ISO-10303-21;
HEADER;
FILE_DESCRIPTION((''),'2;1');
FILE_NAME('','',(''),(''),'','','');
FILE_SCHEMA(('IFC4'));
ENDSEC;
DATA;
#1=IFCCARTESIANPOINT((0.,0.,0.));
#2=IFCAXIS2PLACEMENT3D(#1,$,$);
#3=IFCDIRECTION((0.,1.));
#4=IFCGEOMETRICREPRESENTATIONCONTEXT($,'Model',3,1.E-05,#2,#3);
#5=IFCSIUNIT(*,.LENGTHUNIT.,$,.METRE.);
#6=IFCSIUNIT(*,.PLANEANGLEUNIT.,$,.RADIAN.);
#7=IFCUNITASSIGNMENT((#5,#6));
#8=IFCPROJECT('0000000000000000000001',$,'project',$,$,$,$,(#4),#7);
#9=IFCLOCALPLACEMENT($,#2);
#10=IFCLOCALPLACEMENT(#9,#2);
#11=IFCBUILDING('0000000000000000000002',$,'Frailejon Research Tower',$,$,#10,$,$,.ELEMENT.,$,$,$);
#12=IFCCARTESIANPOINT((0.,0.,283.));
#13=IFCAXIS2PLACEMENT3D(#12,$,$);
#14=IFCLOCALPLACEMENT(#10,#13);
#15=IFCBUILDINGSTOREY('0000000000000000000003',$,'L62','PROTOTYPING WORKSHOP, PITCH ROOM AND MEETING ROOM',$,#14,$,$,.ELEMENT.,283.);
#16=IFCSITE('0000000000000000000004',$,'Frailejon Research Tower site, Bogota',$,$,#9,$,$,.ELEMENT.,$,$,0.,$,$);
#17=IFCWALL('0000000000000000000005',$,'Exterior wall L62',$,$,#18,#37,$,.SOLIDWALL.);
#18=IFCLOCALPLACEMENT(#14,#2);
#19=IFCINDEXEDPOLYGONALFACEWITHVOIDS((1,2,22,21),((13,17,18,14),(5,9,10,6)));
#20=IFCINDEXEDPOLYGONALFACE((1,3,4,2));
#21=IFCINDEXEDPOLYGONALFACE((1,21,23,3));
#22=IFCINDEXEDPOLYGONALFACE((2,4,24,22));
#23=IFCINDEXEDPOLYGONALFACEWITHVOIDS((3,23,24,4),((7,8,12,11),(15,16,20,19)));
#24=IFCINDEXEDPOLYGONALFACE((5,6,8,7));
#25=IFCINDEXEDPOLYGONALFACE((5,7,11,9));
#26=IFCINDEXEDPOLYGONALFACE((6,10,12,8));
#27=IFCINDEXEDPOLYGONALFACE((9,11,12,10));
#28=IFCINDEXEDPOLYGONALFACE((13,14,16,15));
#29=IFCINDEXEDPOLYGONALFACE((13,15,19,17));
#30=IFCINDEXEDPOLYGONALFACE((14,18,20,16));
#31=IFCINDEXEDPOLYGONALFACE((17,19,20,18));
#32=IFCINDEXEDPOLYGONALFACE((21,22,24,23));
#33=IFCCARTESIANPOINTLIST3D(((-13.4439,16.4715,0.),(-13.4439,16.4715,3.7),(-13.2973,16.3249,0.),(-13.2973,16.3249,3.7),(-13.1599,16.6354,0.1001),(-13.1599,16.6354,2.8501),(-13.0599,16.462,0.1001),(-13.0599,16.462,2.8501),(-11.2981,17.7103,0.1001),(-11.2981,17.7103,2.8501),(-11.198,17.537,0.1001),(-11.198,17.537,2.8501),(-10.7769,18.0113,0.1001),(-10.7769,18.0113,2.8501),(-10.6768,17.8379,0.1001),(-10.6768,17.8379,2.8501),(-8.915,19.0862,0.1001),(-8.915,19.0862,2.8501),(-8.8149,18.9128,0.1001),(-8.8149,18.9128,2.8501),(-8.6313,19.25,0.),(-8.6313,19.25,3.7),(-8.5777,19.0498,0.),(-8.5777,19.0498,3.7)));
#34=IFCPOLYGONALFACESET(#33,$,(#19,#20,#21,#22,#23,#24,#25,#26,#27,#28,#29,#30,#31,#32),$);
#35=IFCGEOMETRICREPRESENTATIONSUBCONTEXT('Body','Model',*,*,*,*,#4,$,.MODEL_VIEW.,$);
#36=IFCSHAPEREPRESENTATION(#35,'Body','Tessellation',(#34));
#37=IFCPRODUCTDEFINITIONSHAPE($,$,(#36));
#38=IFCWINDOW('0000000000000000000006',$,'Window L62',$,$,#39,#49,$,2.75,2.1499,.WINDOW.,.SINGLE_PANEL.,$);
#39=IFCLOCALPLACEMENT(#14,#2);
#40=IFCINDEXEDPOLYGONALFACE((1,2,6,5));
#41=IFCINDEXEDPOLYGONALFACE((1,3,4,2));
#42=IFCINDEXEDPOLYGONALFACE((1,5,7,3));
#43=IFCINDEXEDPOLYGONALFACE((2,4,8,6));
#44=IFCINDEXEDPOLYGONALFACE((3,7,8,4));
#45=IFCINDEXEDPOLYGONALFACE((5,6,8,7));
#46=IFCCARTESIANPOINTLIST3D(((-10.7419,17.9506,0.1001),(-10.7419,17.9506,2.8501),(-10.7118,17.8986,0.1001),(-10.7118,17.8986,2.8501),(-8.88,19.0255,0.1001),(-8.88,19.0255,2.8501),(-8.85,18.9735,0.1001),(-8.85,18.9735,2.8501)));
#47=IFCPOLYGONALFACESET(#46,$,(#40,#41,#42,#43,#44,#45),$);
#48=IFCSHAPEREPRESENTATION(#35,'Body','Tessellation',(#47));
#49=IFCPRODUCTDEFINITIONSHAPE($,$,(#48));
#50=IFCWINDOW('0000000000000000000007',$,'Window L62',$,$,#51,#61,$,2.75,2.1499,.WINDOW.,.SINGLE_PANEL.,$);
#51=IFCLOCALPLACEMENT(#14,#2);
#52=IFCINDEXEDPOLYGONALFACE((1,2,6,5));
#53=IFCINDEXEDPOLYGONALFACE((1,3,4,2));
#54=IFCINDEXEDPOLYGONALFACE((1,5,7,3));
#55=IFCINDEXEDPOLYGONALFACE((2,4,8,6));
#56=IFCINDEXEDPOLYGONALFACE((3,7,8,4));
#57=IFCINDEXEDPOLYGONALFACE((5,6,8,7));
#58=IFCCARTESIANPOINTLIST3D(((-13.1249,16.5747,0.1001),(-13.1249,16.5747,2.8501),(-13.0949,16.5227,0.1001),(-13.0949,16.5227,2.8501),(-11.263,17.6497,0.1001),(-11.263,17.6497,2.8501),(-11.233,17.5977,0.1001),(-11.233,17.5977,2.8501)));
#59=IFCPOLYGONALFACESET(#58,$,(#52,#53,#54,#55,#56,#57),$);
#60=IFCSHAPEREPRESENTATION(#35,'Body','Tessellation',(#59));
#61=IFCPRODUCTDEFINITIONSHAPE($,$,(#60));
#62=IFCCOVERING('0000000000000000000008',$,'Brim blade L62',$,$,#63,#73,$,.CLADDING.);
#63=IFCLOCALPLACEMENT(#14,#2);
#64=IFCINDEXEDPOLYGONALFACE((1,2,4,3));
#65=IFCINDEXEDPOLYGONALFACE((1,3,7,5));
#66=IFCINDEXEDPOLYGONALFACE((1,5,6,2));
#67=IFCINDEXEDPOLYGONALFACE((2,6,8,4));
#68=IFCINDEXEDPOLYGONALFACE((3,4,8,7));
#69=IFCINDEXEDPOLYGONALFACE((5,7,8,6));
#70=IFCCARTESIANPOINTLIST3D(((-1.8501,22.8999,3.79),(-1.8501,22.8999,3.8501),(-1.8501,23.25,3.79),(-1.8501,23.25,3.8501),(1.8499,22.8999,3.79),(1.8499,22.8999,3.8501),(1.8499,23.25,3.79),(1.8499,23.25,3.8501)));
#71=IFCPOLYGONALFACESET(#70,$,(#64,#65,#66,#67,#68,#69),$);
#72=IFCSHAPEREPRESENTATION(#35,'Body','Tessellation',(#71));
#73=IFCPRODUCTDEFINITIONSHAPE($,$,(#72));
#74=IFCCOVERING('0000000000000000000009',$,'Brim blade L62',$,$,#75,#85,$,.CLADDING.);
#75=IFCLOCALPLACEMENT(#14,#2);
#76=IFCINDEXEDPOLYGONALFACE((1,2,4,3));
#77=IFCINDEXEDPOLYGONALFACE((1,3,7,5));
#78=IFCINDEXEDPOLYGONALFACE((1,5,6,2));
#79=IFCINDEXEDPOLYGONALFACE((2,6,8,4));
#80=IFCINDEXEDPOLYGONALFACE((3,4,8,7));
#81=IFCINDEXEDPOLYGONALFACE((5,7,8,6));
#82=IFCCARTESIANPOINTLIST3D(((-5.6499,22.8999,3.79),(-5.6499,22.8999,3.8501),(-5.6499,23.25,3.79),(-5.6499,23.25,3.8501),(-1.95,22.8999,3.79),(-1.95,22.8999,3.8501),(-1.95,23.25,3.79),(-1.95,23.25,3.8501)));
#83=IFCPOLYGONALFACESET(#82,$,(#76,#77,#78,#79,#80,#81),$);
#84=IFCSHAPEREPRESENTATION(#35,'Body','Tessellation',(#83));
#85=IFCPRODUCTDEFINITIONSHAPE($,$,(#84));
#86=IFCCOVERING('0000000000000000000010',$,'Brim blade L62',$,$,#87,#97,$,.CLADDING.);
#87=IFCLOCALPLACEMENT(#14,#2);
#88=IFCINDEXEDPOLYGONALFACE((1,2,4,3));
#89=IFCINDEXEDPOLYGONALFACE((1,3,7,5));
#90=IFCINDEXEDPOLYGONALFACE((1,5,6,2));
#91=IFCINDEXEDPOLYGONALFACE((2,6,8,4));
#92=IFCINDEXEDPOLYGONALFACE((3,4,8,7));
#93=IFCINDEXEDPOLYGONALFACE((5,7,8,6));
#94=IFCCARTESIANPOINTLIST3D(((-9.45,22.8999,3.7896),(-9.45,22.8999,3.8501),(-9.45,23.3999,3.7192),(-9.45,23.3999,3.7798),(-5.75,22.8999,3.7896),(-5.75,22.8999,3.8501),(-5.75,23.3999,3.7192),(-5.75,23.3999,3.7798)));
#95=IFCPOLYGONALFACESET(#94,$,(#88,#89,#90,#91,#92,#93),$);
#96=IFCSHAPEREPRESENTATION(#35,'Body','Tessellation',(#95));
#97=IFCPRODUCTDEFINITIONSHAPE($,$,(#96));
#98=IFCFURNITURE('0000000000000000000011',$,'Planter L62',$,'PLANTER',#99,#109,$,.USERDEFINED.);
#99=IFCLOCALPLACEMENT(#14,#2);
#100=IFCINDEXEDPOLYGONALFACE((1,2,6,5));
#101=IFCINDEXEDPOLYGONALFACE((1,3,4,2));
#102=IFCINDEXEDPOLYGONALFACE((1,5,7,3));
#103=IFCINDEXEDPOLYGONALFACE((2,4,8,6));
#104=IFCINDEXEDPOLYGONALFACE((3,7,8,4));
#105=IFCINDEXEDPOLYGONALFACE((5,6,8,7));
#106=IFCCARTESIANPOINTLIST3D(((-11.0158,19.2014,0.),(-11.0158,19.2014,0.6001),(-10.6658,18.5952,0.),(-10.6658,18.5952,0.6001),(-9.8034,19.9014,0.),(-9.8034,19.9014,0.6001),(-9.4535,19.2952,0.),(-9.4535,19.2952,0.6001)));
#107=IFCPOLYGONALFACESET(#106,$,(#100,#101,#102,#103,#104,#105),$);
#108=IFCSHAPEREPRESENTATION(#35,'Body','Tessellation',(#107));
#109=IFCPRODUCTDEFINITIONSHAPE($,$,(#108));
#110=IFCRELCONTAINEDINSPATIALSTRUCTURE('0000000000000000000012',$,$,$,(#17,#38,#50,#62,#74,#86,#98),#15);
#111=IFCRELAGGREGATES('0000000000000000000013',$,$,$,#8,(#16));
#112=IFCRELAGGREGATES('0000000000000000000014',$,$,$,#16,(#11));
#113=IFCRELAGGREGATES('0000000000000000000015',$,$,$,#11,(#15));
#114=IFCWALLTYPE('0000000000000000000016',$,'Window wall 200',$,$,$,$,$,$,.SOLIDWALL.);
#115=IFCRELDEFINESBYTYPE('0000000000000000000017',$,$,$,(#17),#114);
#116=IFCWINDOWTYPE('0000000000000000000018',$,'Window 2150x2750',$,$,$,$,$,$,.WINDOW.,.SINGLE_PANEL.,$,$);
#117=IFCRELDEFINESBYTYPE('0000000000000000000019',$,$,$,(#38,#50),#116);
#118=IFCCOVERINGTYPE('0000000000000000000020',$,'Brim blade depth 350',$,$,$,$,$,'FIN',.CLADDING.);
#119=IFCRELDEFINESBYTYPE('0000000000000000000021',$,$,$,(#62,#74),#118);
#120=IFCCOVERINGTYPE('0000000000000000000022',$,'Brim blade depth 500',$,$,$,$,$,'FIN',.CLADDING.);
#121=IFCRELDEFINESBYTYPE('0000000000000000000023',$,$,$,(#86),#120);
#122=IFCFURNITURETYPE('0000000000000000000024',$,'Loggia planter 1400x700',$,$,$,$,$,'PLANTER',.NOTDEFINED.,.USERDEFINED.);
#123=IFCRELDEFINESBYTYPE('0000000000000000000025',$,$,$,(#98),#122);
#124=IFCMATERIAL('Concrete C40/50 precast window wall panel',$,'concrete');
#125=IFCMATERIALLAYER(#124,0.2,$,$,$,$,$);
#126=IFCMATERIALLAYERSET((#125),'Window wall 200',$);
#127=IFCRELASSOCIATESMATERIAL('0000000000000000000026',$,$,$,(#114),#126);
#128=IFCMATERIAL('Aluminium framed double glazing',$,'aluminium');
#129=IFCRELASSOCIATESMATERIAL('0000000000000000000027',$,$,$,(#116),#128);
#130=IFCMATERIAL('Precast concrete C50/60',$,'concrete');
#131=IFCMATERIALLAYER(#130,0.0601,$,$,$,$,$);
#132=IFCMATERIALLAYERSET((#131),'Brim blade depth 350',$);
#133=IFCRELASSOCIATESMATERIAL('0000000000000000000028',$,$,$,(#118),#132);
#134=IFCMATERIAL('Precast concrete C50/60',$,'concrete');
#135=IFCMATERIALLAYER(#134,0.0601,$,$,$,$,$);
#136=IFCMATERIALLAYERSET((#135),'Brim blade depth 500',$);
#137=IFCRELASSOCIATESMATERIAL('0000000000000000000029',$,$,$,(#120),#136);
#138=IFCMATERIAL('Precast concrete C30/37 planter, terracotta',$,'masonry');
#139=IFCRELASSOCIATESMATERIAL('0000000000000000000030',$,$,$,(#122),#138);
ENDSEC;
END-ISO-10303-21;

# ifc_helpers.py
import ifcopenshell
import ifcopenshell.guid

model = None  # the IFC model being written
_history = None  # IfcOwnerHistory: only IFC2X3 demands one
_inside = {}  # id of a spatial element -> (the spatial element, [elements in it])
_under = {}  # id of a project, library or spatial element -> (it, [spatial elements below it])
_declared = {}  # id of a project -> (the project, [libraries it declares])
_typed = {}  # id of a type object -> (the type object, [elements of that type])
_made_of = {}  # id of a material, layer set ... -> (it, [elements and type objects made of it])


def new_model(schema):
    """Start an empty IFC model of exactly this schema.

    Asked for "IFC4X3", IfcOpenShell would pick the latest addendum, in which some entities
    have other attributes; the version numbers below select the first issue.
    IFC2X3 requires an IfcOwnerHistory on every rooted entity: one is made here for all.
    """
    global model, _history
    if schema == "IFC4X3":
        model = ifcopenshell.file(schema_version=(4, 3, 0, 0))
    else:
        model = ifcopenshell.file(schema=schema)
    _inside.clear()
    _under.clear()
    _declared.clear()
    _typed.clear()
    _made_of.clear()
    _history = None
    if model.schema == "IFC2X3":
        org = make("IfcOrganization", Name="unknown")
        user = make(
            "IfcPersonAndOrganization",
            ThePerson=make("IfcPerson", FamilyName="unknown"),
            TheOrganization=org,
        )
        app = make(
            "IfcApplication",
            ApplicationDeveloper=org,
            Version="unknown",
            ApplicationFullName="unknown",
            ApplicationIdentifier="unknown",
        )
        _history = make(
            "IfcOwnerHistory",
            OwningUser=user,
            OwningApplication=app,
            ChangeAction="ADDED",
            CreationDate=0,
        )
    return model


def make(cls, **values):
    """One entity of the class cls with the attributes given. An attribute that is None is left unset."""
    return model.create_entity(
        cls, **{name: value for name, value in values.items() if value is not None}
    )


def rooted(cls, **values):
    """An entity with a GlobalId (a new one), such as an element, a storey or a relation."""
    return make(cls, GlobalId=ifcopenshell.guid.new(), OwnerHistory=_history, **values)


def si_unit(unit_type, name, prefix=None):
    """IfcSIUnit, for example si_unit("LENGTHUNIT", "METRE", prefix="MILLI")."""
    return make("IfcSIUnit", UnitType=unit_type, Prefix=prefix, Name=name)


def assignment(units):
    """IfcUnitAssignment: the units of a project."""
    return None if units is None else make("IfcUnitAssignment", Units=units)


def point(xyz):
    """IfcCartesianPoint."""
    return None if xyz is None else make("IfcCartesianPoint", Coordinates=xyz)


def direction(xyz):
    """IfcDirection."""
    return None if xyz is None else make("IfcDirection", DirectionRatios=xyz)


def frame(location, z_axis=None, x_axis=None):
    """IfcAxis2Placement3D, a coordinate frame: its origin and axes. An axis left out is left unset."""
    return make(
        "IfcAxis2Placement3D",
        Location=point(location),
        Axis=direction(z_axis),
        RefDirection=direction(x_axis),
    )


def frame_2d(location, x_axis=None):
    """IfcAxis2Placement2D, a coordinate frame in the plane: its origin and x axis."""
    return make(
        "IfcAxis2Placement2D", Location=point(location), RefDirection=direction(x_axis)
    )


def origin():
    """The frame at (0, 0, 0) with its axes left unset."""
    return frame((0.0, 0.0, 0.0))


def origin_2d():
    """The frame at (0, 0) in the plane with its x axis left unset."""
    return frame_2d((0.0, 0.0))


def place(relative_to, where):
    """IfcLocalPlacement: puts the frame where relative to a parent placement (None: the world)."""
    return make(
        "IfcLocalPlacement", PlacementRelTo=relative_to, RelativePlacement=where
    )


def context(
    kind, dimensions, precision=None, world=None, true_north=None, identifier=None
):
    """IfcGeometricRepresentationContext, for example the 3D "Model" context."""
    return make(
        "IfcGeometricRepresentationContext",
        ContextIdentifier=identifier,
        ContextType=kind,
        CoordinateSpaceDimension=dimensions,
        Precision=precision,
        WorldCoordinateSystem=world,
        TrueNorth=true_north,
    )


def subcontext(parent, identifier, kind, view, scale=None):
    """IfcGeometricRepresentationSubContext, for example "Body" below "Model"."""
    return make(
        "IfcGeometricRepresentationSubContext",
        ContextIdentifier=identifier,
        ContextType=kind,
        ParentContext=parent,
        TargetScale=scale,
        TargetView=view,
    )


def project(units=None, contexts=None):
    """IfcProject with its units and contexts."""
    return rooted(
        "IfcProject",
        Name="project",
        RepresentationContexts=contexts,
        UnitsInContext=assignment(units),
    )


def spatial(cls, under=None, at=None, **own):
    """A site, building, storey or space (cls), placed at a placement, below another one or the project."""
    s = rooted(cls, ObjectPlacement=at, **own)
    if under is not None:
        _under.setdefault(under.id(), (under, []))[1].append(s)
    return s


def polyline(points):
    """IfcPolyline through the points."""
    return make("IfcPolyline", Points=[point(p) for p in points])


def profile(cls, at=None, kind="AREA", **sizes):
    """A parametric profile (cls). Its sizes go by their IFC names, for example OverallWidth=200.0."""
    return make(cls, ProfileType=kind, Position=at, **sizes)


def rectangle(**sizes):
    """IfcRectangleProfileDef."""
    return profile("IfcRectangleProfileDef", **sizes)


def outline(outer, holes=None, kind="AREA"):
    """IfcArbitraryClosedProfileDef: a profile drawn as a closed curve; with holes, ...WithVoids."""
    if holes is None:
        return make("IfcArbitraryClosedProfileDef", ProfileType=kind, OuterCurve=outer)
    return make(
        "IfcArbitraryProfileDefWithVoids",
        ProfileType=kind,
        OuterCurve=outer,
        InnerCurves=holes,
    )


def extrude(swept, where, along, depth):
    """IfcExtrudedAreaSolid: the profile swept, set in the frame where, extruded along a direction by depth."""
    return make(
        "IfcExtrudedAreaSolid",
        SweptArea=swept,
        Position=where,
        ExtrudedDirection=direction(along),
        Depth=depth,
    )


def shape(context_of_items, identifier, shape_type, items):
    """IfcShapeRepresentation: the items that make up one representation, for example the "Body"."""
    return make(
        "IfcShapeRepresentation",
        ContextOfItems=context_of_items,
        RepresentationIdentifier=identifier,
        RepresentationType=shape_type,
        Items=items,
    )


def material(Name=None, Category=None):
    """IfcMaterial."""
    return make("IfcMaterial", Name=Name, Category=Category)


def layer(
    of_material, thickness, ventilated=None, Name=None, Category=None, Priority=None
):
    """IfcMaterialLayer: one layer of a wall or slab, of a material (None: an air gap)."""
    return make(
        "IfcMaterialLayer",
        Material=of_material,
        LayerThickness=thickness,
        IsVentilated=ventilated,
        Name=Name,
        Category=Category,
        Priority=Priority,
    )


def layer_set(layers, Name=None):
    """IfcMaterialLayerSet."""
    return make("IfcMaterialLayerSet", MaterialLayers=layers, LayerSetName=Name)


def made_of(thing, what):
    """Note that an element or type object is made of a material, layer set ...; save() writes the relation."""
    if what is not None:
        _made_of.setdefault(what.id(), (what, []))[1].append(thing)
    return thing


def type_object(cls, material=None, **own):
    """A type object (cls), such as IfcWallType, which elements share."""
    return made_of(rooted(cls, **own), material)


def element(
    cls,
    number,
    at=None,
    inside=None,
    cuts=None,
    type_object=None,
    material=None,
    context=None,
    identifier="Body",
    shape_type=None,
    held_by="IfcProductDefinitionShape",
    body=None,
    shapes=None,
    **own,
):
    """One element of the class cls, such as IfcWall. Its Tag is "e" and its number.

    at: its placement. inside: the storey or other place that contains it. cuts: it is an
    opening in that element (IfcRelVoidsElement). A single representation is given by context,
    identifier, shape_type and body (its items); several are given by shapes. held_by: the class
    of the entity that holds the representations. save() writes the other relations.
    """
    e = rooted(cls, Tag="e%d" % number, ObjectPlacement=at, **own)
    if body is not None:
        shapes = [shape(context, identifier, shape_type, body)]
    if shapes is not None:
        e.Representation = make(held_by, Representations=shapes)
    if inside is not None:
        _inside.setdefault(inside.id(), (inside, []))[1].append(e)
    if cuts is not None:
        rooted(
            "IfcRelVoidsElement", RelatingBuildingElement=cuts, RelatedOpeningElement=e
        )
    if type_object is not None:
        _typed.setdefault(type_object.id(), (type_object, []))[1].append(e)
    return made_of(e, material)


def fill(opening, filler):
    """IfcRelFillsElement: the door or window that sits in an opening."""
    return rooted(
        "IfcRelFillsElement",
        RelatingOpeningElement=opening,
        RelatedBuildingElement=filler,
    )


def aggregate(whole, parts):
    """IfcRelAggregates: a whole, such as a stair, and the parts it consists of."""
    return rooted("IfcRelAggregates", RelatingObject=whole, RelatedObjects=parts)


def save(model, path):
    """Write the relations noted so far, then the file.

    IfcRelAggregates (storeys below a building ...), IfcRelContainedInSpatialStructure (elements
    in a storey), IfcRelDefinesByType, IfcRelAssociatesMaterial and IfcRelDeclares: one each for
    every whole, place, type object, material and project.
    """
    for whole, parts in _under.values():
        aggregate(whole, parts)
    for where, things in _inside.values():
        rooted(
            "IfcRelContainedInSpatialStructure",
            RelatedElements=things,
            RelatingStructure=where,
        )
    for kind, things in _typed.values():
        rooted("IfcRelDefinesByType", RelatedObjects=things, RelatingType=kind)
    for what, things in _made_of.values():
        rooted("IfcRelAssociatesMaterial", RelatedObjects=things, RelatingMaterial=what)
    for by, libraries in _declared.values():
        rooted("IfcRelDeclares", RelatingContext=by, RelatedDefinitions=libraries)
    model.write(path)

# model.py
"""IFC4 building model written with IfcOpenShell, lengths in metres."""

from ifc_helpers import new_model, si_unit, direction, frame, frame_2d, origin, origin_2d, place, context, subcontext, project, spatial, polyline, rectangle, outline, extrude, material, layer, layer_set, type_object, element, fill, save


model = new_model("IFC4")

# Units and contexts
model_context = context("Model", 3, precision=1e-05, world=origin(), true_north=direction((0.0, 1.0)))
body_context = subcontext(model_context, "Body", "Model", "MODEL_VIEW")
ifc_project = project(units=[si_unit("LENGTHUNIT", "METRE"), si_unit("PLANEANGLEUNIT", "RADIAN")], contexts=[model_context])

# Site, building, storey
site_placement = place(None, origin())
site = spatial("IfcSite", under=ifc_project, at=site_placement, Name="Frailejon Research Tower site, Bogota", CompositionType="ELEMENT", RefElevation=0.0)
building_placement = place(site_placement, origin())
building = spatial("IfcBuilding", under=site, at=building_placement, Name="Frailejon Research Tower", CompositionType="ELEMENT")
storey_placement = place(building_placement, frame((0.0, 0.0, 283.0)))
storey = spatial("IfcBuildingStorey", under=building, at=storey_placement, Name="L62", Description="PROTOTYPING WORKSHOP, PITCH ROOM AND MEETING ROOM", CompositionType="ELEMENT", Elevation=283.0)

# Wall, openings, windows
ifc_material_1 = material(Name="Concrete C40/50 precast window wall panel", Category="concrete")
ifc_layer_1 = layer(ifc_material_1, 0.2)
ifc_layer_set_1 = layer_set([ifc_layer_1], Name="Window wall 200")
wall_type = type_object("IfcWallType", Name="Window wall 200", PredefinedType="SOLIDWALL", material=ifc_layer_set_1)
wall_placement = place(storey_placement, frame((-8.6045, 19.1499, 0.0), z_axis=(0.0, 0.0, 1.0), x_axis=(-0.866026, -0.499999, 0.0)))
wall = element("IfcWall", 1, at=wall_placement, inside=storey, type_object=wall_type, Name="Exterior wall L62", PredefinedType="SOLIDWALL", context=body_context, shape_type="SweptSolid", body=[
    extrude(outline(polyline([(-0.0269, -0.1001), (1.0845, -0.1001), (2.196, -0.1001), (3.3074, -0.1001), (4.4189, -0.1001), (5.5303, -0.1001), (5.4766, 0.1001), (4.3867, 0.1001), (3.2966, 0.1001), (2.2068, 0.1001), (1.1167, 0.1001), (0.0269, 0.1001), (-0.0269, -0.1001)])), origin(), (0.0, 0.0, 1.0), 3.7),
])
opening_1_placement = place(wall_placement, frame((0.3008, 0.0, 0.1001)))
opening_1 = element("IfcOpeningElement", 2, at=opening_1_placement, cuts=wall, PredefinedType="OPENING", context=body_context, shape_type="SweptSolid", body=[
    extrude(rectangle(XDim=2.1499, YDim=2.75, at=frame_2d((1.075, 1.375))), frame((0.0, 0.1099, 0.0), z_axis=(0.0, -1.0, 0.0), x_axis=(1.0, 0.0, 0.0)), (0.0, 0.0, 1.0), 0.22),
])
opening_2_placement = place(wall_placement, frame((3.0525, 0.0, 0.1001)))
opening_2 = element("IfcOpeningElement", 3, at=opening_2_placement, cuts=wall, PredefinedType="OPENING", context=body_context, shape_type="SweptSolid", body=[
    extrude(rectangle(XDim=2.1499, YDim=2.75, at=frame_2d((1.075, 1.375))), frame((0.0, 0.1099, 0.0), z_axis=(0.0, -1.0, 0.0), x_axis=(1.0, 0.0, 0.0)), (0.0, 0.0, 1.0), 0.22),
])
ifc_material_2 = material(Name="Aluminium framed double glazing", Category="aluminium")
window_type = type_object("IfcWindowType", Name="Window 2150x2750", PartitioningType="SINGLE_PANEL", PredefinedType="WINDOW", material=ifc_material_2)
window_1_placement = place(opening_1_placement, origin())
window_1 = element("IfcWindow", 4, at=window_1_placement, inside=storey, type_object=window_type, Name="Window L62", OverallHeight=2.75, OverallWidth=2.1499, PartitioningType="SINGLE_PANEL", PredefinedType="WINDOW", context=body_context, shape_type="SweptSolid", body=[
    extrude(rectangle(XDim=2.1499, YDim=2.75, at=frame_2d((1.075, 1.375))), frame((0.0, 0.03, 0.0), z_axis=(0.0, -1.0, 0.0), x_axis=(1.0, 0.0, 0.0)), (0.0, 0.0, 1.0), 0.0601),
])
fill(opening_1, window_1)
window_2_placement = place(opening_2_placement, origin())
window_2 = element("IfcWindow", 5, at=window_2_placement, inside=storey, type_object=window_type, Name="Window L62", OverallHeight=2.75, OverallWidth=2.1499, PartitioningType="SINGLE_PANEL", PredefinedType="WINDOW", context=body_context, shape_type="SweptSolid", body=[
    extrude(rectangle(XDim=2.1499, YDim=2.75, at=frame_2d((1.075, 1.375))), frame((0.0, 0.03, 0.0), z_axis=(0.0, -1.0, 0.0), x_axis=(1.0, 0.0, 0.0)), (0.0, 0.0, 1.0), 0.0601),
])
fill(opening_2, window_2)

# Coverings
ifc_material_3 = material(Name="Precast concrete C50/60", Category="concrete")
ifc_layer_2 = layer(ifc_material_3, 0.0601)
ifc_layer_set_2 = layer_set([ifc_layer_2], Name="Brim blade depth 350")
covering_type_1 = type_object("IfcCoveringType", Name="Brim blade depth 350", ElementType="FIN", PredefinedType="CLADDING", material=ifc_layer_set_2)
for number, where, z_axis, x_axis, name in (
    (6, (-1.8501, 22.8999, 3.8501), (1.0, 0.0, 0.0), (0.0, 1.0, 0.0), "Brim blade L62"),
    (7, (-5.6499, 22.8999, 3.8501), (1.0, 0.0, 0.0), (0.0, 1.0, 0.0), "Brim blade L62"),
):
    element("IfcCovering", number, at=place(storey_placement, frame(where, z_axis=z_axis, x_axis=x_axis)), inside=storey, type_object=covering_type_1, Name=name, PredefinedType="CLADDING", context=body_context, shape_type="SweptSolid", body=[
        extrude(outline(polyline([(0.0, -0.0601), (0.3501, -0.0601), (0.3501, 0.0), (0.0, 0.0), (0.0, -0.0601)])), origin(), (0.0, 0.0, 1.0), 3.7),
    ])
ifc_material_4 = material(Name="Precast concrete C50/60", Category="concrete")
ifc_layer_3 = layer(ifc_material_4, 0.0601)
ifc_layer_set_3 = layer_set([ifc_layer_3], Name="Brim blade depth 500")
covering_type_2 = type_object("IfcCoveringType", Name="Brim blade depth 500", ElementType="FIN", PredefinedType="CLADDING", material=ifc_layer_set_3)
covering_placement = place(storey_placement, frame((-9.45, 22.8999, 3.8501), z_axis=(1.0, 0.0, 0.0), x_axis=(0.0, 1.0, 0.0)))
element("IfcCovering", 8, at=covering_placement, inside=storey, type_object=covering_type_2, Name="Brim blade L62", PredefinedType="CLADDING", context=body_context, shape_type="SweptSolid", body=[
    extrude(outline(polyline([(0.0, -0.0605), (0.5, -0.1309), (0.5, -0.0703), (0.0, 0.0), (0.0, -0.0605)])), origin(), (0.0, 0.0, 1.0), 3.7),
])

# Furniture
ifc_material_5 = material(Name="Precast concrete C30/37 planter, terracotta", Category="masonry")
furniture_type = type_object("IfcFurnitureType", Name="Loggia planter 1400x700", ElementType="PLANTER", AssemblyPlace="NOTDEFINED", PredefinedType="USERDEFINED", material=ifc_material_5)
furniture_placement = place(storey_placement, frame((-10.2346, 19.2483, 0.0), z_axis=(0.0, 0.0, 1.0), x_axis=(-0.866025, -0.5, 0.0)))
element("IfcFurniture", 9, at=furniture_placement, inside=storey, type_object=furniture_type, Name="Planter L62", ObjectType="PLANTER", PredefinedType="USERDEFINED", context=body_context, shape_type="SweptSolid", body=[
    extrude(rectangle(XDim=1.3999, YDim=0.7, at=origin_2d()), origin(), (0.0, 0.0, 1.0), 0.6001),
])

save(model, "model.ifc")
